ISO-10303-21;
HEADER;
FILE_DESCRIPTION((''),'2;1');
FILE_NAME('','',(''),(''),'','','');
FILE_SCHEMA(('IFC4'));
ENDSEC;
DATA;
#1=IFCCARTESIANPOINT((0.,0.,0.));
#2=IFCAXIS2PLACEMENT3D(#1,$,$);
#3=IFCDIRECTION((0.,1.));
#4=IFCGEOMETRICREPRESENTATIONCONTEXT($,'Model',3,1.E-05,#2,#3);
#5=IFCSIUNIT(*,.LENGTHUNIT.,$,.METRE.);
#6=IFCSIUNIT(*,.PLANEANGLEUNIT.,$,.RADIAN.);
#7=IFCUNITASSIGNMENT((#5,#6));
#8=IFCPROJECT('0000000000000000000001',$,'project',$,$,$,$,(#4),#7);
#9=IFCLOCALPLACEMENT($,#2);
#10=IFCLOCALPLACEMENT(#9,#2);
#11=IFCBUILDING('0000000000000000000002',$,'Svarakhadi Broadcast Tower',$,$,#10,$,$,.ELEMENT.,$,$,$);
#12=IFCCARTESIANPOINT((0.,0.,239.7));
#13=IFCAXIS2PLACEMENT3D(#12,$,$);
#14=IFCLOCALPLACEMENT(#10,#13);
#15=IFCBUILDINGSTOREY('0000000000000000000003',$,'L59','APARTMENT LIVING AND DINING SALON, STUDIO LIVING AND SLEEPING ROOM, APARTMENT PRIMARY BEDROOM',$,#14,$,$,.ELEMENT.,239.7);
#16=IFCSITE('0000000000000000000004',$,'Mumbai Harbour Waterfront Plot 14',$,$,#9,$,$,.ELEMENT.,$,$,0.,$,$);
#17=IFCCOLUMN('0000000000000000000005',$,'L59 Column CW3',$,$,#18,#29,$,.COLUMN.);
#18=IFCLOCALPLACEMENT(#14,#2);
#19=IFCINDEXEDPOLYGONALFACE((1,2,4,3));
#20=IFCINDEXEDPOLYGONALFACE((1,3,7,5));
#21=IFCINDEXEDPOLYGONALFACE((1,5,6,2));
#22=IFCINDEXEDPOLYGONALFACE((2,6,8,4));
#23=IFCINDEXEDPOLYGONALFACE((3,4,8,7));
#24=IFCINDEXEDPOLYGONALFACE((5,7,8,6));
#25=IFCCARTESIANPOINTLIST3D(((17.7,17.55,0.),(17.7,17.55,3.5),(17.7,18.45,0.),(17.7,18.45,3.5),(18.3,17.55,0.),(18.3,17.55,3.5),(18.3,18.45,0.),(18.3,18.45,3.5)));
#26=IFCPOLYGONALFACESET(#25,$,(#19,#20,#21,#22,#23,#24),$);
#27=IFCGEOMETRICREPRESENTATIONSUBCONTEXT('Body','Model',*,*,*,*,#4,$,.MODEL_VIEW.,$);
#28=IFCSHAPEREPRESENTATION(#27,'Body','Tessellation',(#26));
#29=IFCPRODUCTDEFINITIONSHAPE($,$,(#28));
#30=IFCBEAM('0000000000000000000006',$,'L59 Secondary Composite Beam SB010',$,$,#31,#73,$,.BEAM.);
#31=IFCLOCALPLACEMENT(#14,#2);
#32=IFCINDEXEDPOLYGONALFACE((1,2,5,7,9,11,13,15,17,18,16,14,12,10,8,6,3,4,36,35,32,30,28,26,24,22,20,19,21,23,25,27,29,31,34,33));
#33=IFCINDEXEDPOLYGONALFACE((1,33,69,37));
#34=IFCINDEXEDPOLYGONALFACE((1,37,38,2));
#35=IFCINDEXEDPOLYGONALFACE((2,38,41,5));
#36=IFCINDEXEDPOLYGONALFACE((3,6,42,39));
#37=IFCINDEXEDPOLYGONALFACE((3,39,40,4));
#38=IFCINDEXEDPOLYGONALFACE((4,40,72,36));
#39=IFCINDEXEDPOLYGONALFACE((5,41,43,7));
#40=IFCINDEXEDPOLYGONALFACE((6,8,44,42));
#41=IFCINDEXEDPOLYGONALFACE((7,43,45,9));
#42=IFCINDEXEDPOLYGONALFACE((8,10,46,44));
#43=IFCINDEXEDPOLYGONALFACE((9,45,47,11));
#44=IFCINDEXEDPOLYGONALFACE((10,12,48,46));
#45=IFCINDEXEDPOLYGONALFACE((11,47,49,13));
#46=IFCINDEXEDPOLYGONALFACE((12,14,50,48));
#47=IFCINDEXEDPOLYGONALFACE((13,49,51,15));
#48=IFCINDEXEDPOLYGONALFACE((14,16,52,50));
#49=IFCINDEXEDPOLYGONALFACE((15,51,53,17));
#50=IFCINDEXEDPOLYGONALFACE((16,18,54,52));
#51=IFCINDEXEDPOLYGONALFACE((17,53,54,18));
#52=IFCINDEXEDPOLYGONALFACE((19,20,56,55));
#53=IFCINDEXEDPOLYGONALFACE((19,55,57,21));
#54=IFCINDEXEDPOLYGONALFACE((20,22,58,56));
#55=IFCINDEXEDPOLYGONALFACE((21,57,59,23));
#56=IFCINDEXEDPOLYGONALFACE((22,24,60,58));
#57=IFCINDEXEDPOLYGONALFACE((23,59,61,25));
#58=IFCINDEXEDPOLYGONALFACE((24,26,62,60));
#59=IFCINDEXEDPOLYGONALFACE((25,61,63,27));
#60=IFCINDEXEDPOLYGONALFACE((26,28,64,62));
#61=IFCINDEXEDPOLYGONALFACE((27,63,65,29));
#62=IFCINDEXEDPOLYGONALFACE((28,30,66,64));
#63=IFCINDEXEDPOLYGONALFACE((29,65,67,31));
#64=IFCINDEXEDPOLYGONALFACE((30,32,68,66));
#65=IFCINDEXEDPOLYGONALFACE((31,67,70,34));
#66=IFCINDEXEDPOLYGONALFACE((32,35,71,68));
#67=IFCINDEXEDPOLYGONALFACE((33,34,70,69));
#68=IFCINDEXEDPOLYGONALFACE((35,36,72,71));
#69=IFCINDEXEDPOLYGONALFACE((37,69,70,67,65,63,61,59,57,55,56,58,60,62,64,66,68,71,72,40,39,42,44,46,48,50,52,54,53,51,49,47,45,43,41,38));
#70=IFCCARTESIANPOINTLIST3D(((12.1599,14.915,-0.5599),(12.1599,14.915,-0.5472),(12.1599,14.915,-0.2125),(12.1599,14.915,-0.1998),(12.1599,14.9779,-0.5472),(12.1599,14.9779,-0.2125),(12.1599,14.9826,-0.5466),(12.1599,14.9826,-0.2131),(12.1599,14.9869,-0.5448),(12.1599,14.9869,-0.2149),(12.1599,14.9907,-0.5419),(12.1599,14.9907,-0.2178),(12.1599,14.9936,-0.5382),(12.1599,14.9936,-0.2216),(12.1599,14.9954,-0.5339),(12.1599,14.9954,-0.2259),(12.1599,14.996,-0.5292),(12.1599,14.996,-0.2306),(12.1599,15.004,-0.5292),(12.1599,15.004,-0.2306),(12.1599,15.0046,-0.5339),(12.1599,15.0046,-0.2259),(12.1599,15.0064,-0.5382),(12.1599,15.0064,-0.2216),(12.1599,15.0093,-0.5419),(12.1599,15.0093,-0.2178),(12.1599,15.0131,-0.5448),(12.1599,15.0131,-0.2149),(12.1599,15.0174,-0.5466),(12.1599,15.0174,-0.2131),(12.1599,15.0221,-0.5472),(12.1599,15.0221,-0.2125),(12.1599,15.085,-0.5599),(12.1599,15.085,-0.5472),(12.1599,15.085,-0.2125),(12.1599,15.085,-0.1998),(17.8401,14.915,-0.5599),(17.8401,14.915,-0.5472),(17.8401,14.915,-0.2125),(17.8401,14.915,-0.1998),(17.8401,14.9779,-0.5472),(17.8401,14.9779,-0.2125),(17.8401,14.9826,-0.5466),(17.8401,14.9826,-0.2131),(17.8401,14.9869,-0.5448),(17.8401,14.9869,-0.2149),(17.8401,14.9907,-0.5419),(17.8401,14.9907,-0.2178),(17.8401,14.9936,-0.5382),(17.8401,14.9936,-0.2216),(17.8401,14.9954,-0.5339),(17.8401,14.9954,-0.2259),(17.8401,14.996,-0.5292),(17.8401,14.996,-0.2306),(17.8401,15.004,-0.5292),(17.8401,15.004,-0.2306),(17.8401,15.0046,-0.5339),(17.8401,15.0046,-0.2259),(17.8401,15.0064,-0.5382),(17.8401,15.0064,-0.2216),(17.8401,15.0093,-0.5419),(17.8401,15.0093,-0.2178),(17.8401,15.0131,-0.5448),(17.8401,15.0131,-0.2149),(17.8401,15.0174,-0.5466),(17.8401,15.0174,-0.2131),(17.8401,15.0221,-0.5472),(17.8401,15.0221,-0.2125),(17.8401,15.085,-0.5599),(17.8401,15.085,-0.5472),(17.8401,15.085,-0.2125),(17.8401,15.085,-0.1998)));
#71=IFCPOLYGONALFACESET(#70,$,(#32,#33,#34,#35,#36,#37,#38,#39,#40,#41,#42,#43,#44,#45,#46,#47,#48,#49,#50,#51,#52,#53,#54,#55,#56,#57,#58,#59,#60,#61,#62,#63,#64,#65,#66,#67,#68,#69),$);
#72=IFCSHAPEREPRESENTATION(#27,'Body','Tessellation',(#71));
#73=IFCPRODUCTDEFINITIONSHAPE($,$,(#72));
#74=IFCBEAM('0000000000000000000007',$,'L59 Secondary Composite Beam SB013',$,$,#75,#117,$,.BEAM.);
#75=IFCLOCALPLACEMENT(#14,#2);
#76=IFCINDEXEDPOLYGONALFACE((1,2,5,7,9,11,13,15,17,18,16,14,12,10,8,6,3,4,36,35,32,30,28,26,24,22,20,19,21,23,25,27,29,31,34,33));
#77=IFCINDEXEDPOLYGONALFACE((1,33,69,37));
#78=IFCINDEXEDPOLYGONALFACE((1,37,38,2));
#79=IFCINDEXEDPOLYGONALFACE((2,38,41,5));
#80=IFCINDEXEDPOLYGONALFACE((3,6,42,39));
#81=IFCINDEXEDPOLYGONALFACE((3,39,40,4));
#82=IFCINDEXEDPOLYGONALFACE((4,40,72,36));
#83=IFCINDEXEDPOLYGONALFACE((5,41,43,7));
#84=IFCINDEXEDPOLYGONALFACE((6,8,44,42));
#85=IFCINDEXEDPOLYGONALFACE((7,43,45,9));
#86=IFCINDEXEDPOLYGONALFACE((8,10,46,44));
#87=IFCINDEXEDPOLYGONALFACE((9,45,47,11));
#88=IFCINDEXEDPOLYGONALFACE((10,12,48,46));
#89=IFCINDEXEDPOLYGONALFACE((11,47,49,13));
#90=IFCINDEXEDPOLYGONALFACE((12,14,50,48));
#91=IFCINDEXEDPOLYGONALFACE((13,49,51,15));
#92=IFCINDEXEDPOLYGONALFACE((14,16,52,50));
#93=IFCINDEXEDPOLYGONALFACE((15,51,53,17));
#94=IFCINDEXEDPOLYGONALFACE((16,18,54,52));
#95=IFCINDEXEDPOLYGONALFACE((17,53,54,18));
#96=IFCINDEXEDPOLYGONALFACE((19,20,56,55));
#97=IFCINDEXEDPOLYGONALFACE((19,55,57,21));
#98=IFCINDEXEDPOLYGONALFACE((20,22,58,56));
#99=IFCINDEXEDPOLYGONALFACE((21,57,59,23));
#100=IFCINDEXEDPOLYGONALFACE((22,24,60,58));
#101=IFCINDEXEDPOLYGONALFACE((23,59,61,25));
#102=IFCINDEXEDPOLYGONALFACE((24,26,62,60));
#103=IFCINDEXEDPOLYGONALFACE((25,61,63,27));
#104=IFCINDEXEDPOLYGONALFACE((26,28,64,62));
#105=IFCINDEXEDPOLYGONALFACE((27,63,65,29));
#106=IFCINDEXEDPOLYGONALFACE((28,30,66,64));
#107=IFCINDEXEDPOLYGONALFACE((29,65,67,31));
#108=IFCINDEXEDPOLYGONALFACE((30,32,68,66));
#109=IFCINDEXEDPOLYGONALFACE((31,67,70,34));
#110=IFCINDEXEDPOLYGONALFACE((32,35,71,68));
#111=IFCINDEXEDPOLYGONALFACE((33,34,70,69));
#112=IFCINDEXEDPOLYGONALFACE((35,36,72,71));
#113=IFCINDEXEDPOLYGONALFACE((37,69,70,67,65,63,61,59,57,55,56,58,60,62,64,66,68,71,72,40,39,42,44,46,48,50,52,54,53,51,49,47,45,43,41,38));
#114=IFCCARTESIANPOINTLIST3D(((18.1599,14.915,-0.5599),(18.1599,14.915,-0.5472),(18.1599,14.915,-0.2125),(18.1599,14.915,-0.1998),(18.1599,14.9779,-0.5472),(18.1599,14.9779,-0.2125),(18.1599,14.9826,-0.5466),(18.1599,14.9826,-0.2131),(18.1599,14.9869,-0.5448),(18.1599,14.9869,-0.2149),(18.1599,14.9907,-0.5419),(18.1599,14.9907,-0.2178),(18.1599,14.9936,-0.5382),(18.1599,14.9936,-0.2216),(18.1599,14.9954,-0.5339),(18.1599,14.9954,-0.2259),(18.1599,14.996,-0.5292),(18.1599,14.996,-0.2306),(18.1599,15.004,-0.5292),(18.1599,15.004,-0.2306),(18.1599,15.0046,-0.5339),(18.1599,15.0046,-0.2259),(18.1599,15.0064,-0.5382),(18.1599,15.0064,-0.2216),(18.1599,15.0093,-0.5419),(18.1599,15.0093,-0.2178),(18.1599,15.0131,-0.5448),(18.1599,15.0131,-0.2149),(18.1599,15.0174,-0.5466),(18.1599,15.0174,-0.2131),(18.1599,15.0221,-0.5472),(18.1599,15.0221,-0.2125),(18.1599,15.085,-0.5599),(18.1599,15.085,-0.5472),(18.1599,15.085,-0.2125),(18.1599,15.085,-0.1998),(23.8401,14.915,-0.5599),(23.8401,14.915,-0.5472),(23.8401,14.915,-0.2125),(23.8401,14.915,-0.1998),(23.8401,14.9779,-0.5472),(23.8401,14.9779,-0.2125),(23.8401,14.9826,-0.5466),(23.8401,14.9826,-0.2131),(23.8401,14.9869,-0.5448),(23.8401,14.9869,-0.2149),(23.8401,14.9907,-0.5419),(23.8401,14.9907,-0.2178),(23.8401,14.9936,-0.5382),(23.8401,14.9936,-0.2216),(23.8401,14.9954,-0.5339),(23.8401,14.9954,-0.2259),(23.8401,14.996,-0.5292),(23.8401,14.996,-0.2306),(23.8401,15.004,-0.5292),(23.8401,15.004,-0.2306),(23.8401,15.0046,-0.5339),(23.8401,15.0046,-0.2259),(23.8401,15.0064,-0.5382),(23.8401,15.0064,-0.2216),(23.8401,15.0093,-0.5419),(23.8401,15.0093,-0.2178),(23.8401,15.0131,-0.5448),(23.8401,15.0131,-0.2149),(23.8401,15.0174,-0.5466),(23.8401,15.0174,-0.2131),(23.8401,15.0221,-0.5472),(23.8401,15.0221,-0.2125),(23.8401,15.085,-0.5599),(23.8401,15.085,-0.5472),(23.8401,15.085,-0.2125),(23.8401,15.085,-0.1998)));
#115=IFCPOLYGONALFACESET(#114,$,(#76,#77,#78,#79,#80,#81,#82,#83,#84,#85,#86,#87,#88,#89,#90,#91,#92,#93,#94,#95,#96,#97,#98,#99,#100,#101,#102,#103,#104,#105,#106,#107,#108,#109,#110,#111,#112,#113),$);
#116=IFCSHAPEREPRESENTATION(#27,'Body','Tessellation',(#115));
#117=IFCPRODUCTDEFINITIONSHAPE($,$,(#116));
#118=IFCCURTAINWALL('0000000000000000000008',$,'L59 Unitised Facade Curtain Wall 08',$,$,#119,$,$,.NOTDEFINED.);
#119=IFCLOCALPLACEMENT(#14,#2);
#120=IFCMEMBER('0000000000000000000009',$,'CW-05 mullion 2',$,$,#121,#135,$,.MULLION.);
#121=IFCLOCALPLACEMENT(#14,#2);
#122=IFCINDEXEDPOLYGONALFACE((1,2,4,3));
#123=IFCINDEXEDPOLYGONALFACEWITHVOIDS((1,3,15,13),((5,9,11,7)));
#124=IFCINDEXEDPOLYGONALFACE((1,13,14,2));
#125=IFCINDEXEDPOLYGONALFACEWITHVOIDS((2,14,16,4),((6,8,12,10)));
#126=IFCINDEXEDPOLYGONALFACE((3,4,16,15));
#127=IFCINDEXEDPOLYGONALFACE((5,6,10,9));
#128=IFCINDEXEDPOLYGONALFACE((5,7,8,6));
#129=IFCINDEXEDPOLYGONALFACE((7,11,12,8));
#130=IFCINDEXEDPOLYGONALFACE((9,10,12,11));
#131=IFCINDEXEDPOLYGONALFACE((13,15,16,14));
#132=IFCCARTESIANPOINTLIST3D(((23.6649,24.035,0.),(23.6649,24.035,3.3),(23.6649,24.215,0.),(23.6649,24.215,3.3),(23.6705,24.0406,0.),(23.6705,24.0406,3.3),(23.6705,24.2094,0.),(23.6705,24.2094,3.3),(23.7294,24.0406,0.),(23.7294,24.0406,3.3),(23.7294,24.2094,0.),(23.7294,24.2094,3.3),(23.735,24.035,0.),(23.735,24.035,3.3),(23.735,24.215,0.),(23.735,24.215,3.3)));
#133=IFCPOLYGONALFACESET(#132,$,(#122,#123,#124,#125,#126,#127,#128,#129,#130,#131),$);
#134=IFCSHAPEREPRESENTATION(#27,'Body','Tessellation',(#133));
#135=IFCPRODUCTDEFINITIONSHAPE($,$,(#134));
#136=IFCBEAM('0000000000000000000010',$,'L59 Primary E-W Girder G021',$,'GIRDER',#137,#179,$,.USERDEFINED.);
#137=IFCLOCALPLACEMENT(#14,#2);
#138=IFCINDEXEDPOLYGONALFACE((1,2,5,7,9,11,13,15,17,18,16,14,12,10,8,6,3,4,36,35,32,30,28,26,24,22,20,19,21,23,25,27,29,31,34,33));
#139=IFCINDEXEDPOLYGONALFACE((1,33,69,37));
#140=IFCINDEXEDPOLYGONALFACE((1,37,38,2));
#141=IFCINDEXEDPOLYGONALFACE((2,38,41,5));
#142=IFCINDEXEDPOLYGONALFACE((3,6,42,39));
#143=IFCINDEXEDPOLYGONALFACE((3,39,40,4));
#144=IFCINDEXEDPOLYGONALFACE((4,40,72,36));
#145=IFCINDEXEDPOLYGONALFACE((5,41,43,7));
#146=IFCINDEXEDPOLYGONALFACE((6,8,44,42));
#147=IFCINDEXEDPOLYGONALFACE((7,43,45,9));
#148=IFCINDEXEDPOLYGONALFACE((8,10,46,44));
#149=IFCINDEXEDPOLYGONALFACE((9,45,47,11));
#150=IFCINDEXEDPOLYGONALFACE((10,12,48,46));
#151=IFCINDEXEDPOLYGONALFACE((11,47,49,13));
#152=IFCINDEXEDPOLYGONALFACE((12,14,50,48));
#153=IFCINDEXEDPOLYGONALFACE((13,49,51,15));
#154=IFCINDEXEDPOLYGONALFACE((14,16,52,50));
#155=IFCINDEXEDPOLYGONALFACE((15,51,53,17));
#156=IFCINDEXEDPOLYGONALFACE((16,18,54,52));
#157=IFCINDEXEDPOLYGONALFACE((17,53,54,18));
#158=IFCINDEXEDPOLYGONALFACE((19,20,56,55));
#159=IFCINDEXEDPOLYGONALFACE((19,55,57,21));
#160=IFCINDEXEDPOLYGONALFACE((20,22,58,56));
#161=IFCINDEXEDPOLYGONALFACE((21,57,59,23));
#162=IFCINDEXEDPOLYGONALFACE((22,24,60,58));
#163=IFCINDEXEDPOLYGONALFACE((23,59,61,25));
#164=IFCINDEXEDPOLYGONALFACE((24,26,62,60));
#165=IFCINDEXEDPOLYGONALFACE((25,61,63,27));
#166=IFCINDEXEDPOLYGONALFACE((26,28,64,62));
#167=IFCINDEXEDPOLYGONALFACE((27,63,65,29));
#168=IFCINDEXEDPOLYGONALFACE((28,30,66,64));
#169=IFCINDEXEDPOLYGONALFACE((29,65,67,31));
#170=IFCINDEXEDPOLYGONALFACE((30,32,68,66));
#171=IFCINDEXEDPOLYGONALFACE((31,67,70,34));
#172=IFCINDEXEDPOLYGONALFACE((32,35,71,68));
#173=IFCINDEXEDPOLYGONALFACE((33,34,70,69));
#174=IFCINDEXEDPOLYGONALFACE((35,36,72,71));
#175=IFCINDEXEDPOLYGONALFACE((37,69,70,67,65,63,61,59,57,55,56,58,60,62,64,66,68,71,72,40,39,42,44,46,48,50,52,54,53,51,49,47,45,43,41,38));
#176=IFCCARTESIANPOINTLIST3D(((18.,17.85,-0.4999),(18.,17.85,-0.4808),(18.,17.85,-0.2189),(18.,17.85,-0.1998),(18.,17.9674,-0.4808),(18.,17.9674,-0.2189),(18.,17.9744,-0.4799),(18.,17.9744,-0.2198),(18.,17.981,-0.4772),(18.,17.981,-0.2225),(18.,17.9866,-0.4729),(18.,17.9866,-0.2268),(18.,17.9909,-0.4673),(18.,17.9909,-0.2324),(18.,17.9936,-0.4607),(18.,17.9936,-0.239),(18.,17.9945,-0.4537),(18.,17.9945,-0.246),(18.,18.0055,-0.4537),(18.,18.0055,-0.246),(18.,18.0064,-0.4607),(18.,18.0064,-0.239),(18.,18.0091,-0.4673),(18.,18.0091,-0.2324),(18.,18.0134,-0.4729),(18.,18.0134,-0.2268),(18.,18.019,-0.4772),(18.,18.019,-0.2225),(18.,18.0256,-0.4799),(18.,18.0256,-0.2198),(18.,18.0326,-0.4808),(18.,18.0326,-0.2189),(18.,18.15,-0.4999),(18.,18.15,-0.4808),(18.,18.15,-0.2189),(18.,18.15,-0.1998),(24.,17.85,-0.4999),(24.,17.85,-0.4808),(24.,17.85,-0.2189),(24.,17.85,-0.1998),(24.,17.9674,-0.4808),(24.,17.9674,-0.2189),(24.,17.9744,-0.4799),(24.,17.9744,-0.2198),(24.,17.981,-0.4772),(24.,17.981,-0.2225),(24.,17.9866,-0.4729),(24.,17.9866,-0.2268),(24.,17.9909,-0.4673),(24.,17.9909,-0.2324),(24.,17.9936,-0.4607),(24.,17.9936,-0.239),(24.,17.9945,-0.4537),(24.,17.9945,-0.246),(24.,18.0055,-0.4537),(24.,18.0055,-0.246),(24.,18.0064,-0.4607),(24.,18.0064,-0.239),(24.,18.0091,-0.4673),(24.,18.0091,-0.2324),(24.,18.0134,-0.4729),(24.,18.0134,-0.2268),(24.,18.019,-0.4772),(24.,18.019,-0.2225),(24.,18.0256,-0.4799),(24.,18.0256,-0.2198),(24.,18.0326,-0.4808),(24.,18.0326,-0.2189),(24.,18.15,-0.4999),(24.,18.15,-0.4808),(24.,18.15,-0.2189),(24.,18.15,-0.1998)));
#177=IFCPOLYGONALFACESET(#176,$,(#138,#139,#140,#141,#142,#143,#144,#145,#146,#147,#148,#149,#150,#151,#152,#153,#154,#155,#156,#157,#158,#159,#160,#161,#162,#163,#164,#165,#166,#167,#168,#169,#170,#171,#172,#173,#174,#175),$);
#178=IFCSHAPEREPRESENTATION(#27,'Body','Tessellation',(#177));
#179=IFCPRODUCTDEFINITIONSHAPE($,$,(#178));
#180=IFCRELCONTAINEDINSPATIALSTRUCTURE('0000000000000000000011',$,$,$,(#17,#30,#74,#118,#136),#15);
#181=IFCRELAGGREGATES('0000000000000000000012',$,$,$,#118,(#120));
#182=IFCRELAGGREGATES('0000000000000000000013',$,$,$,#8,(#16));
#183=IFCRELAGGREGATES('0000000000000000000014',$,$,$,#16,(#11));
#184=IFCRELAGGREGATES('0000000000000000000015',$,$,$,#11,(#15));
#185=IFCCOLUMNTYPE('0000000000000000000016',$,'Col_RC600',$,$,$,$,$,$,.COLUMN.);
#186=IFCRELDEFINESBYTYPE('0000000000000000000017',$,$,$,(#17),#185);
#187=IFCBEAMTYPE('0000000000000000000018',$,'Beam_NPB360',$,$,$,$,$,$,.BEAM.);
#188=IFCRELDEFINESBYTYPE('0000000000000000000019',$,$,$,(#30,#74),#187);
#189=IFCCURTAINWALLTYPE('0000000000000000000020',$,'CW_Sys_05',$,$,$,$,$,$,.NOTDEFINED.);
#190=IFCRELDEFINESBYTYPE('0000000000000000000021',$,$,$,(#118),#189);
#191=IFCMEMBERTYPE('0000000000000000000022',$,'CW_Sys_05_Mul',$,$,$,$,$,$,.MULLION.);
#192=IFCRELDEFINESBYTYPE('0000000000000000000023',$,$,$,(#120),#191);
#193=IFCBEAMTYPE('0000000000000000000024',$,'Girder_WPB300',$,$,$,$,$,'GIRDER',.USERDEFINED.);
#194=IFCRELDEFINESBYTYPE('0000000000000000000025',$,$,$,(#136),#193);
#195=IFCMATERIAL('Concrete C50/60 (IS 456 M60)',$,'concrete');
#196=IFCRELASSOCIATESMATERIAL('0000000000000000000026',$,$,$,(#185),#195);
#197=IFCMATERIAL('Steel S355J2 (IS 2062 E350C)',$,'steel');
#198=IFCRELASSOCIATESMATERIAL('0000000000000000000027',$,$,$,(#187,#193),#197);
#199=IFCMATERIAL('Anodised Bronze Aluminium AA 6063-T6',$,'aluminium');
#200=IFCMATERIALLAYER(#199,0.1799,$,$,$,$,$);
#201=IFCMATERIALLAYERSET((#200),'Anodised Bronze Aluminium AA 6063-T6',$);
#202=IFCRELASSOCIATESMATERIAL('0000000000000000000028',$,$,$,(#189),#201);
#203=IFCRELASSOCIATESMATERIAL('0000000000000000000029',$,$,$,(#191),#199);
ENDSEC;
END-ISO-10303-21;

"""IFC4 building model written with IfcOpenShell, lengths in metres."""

from ifc_helpers import new_model, si_unit, direction, frame, origin, origin_2d, place, context, subcontext, project, spatial, rectangle, hollow_rectangle, i_section, extrude, material, layer, layer_set, material_profile, profile_set, type_object, element, aggregate, save


model = new_model("IFC4")

# Units and contexts
model_context = context("Model", 3, precision=1e-05, world=origin(), true_north=direction((0.0, 1.0)))
body_context = subcontext(model_context, "Body", "Model", "MODEL_VIEW")
ifc_project = project(units=[si_unit("LENGTHUNIT", "METRE"), si_unit("PLANEANGLEUNIT", "RADIAN")], contexts=[model_context])

# Site, building, storey
site_placement = place(None, origin())
site = spatial("IfcSite", under=ifc_project, at=site_placement, Name="Mumbai Harbour Waterfront Plot 14", CompositionType="ELEMENT", RefElevation=0.0)
building_placement = place(site_placement, origin())
building = spatial("IfcBuilding", under=site, at=building_placement, Name="Svarakhadi Broadcast Tower", CompositionType="ELEMENT")
storey_placement = place(building_placement, frame((0.0, 0.0, 239.7)))
storey = spatial("IfcBuildingStorey", under=building, at=storey_placement, Name="L59", Description="APARTMENT LIVING AND DINING SALON, STUDIO LIVING AND SLEEPING ROOM, APARTMENT PRIMARY BEDROOM", CompositionType="ELEMENT", Elevation=239.7)

# Column
ifc_material_1 = material(Name="Concrete C50/60 (IS 456 M60)", Category="concrete")
ifc_material_profile_1 = material_profile(ifc_material_1, rectangle(XDim=0.6001, YDim=0.8999, at=origin_2d()), Name="RC 600x900")
ifc_profile_set_1 = profile_set([ifc_material_profile_1], Name="Concrete C50/60 (IS 456 M60)")
column_type = type_object("IfcColumnType", Name="Col_RC600", PredefinedType="COLUMN", material=ifc_profile_set_1)
column_placement = place(storey_placement, frame((18.0, 18.0, 0.0), z_axis=(0.0, 0.0, 1.0), x_axis=(1.0, 0.0, 0.0)))
element("IfcColumn", 1, at=column_placement, inside=storey, type_object=column_type, Name="L59 Column CW3", PredefinedType="COLUMN", context=body_context, shape_type="SweptSolid", body=[
    extrude(rectangle(XDim=0.6001, YDim=0.8999, at=origin_2d()), origin(), (0.0, 0.0, 1.0), 3.5),
])

# Beams
ifc_material_2 = material(Name="Steel S355J2 (IS 2062 E350C)", Category="steel")
ifc_material_profile_2 = material_profile(ifc_material_2, i_section(OverallWidth=0.1699, OverallDepth=0.3601, WebThickness=0.0081, FlangeThickness=0.0127, FilletRadius=0.0181, at=origin_2d()), Name="NPB 360x170x57")
ifc_profile_set_2 = profile_set([ifc_material_profile_2], Name="Steel S355J2 (IS 2062 E350C)")
beam_type_1 = type_object("IfcBeamType", Name="Beam_NPB360", PredefinedType="BEAM", material=ifc_profile_set_2)
for number, where, z_axis, x_axis, name in (
    (2, (12.1599, 15.0, -0.3799), (1.0, 0.0, 0.0), (0.0, 1.0, 0.0), "L59 Secondary Composite Beam SB010"),
    (3, (18.1599, 15.0, -0.3799), (1.0, 0.0, 0.0), (0.0, 1.0, 0.0), "L59 Secondary Composite Beam SB013"),
):
    element("IfcBeam", number, at=place(storey_placement, frame(where, z_axis=z_axis, x_axis=x_axis)), inside=storey, type_object=beam_type_1, Name=name, PredefinedType="BEAM", context=body_context, shape_type="SweptSolid", body=[
        extrude(i_section(OverallWidth=0.1699, OverallDepth=0.3601, WebThickness=0.0081, FlangeThickness=0.0127, FilletRadius=0.0181, at=origin_2d()), origin(), (0.0, 0.0, 1.0), 5.6802),
    ])

# Curtain wall, member
ifc_material_3 = material(Name="Anodised Bronze Aluminium AA 6063-T6", Category="aluminium")
ifc_layer_1 = layer(ifc_material_3, 0.1799)
ifc_layer_set_1 = layer_set([ifc_layer_1], Name="Anodised Bronze Aluminium AA 6063-T6")
curtain_wall_type = type_object("IfcCurtainWallType", Name="CW_Sys_05", PredefinedType="NOTDEFINED", material=ifc_layer_set_1)
curtain_wall_placement = place(storey_placement, origin())
curtain_wall = element("IfcCurtainWall", 4, at=curtain_wall_placement, inside=storey, type_object=curtain_wall_type, Name="L59 Unitised Facade Curtain Wall 08", PredefinedType="NOTDEFINED")
ifc_material_profile_3 = material_profile(ifc_material_3, hollow_rectangle(XDim=0.0701, YDim=0.1799, WallThickness=0.0056, at=origin_2d()), Name="ALU MULLION 180x70x6")
ifc_profile_set_3 = profile_set([ifc_material_profile_3], Name="Anodised Bronze Aluminium AA 6063-T6")
member_type = type_object("IfcMemberType", Name="CW_Sys_05_Mul", PredefinedType="MULLION", material=ifc_profile_set_3)
member_placement = place(storey_placement, frame((23.7, 24.125, 0.0), z_axis=(0.0, 0.0, 1.0), x_axis=(1.0, 0.0, 0.0)))
member = element("IfcMember", 5, at=member_placement, type_object=member_type, Name="CW-05 mullion 2", PredefinedType="MULLION", context=body_context, shape_type="SweptSolid", body=[
    extrude(hollow_rectangle(XDim=0.0701, YDim=0.1799, WallThickness=0.0056, at=origin_2d()), origin(), (0.0, 0.0, 1.0), 3.3),
])
aggregate(curtain_wall, [member])

# Beam
ifc_material_profile_4 = material_profile(ifc_material_2, i_section(OverallWidth=0.3, OverallDepth=0.3, WebThickness=0.011, FlangeThickness=0.019, FilletRadius=0.0271, at=origin_2d()), Name="WPB 300x300x117")
ifc_profile_set_4 = profile_set([ifc_material_profile_4], Name="Steel S355J2 (IS 2062 E350C)")
beam_type_2 = type_object("IfcBeamType", Name="Girder_WPB300", ElementType="GIRDER", PredefinedType="USERDEFINED", material=ifc_profile_set_4)
for number, where, z_axis, x_axis, name in (
    (6, (18.0, 18.0, -0.3499), (1.0, 0.0, 0.0), (0.0, 1.0, 0.0), "L59 Primary E-W Girder G021"),
):
    element("IfcBeam", number, at=place(storey_placement, frame(where, z_axis=z_axis, x_axis=x_axis)), inside=storey, type_object=beam_type_2, Name=name, ObjectType="GIRDER", PredefinedType="USERDEFINED", context=body_context, shape_type="SweptSolid", body=[
        extrude(i_section(OverallWidth=0.3, OverallDepth=0.3, WebThickness=0.011, FlangeThickness=0.019, FilletRadius=0.0271, at=origin_2d()), origin(), (0.0, 0.0, 1.0), 6.0),
    ])

save(model, "model.ifc")
